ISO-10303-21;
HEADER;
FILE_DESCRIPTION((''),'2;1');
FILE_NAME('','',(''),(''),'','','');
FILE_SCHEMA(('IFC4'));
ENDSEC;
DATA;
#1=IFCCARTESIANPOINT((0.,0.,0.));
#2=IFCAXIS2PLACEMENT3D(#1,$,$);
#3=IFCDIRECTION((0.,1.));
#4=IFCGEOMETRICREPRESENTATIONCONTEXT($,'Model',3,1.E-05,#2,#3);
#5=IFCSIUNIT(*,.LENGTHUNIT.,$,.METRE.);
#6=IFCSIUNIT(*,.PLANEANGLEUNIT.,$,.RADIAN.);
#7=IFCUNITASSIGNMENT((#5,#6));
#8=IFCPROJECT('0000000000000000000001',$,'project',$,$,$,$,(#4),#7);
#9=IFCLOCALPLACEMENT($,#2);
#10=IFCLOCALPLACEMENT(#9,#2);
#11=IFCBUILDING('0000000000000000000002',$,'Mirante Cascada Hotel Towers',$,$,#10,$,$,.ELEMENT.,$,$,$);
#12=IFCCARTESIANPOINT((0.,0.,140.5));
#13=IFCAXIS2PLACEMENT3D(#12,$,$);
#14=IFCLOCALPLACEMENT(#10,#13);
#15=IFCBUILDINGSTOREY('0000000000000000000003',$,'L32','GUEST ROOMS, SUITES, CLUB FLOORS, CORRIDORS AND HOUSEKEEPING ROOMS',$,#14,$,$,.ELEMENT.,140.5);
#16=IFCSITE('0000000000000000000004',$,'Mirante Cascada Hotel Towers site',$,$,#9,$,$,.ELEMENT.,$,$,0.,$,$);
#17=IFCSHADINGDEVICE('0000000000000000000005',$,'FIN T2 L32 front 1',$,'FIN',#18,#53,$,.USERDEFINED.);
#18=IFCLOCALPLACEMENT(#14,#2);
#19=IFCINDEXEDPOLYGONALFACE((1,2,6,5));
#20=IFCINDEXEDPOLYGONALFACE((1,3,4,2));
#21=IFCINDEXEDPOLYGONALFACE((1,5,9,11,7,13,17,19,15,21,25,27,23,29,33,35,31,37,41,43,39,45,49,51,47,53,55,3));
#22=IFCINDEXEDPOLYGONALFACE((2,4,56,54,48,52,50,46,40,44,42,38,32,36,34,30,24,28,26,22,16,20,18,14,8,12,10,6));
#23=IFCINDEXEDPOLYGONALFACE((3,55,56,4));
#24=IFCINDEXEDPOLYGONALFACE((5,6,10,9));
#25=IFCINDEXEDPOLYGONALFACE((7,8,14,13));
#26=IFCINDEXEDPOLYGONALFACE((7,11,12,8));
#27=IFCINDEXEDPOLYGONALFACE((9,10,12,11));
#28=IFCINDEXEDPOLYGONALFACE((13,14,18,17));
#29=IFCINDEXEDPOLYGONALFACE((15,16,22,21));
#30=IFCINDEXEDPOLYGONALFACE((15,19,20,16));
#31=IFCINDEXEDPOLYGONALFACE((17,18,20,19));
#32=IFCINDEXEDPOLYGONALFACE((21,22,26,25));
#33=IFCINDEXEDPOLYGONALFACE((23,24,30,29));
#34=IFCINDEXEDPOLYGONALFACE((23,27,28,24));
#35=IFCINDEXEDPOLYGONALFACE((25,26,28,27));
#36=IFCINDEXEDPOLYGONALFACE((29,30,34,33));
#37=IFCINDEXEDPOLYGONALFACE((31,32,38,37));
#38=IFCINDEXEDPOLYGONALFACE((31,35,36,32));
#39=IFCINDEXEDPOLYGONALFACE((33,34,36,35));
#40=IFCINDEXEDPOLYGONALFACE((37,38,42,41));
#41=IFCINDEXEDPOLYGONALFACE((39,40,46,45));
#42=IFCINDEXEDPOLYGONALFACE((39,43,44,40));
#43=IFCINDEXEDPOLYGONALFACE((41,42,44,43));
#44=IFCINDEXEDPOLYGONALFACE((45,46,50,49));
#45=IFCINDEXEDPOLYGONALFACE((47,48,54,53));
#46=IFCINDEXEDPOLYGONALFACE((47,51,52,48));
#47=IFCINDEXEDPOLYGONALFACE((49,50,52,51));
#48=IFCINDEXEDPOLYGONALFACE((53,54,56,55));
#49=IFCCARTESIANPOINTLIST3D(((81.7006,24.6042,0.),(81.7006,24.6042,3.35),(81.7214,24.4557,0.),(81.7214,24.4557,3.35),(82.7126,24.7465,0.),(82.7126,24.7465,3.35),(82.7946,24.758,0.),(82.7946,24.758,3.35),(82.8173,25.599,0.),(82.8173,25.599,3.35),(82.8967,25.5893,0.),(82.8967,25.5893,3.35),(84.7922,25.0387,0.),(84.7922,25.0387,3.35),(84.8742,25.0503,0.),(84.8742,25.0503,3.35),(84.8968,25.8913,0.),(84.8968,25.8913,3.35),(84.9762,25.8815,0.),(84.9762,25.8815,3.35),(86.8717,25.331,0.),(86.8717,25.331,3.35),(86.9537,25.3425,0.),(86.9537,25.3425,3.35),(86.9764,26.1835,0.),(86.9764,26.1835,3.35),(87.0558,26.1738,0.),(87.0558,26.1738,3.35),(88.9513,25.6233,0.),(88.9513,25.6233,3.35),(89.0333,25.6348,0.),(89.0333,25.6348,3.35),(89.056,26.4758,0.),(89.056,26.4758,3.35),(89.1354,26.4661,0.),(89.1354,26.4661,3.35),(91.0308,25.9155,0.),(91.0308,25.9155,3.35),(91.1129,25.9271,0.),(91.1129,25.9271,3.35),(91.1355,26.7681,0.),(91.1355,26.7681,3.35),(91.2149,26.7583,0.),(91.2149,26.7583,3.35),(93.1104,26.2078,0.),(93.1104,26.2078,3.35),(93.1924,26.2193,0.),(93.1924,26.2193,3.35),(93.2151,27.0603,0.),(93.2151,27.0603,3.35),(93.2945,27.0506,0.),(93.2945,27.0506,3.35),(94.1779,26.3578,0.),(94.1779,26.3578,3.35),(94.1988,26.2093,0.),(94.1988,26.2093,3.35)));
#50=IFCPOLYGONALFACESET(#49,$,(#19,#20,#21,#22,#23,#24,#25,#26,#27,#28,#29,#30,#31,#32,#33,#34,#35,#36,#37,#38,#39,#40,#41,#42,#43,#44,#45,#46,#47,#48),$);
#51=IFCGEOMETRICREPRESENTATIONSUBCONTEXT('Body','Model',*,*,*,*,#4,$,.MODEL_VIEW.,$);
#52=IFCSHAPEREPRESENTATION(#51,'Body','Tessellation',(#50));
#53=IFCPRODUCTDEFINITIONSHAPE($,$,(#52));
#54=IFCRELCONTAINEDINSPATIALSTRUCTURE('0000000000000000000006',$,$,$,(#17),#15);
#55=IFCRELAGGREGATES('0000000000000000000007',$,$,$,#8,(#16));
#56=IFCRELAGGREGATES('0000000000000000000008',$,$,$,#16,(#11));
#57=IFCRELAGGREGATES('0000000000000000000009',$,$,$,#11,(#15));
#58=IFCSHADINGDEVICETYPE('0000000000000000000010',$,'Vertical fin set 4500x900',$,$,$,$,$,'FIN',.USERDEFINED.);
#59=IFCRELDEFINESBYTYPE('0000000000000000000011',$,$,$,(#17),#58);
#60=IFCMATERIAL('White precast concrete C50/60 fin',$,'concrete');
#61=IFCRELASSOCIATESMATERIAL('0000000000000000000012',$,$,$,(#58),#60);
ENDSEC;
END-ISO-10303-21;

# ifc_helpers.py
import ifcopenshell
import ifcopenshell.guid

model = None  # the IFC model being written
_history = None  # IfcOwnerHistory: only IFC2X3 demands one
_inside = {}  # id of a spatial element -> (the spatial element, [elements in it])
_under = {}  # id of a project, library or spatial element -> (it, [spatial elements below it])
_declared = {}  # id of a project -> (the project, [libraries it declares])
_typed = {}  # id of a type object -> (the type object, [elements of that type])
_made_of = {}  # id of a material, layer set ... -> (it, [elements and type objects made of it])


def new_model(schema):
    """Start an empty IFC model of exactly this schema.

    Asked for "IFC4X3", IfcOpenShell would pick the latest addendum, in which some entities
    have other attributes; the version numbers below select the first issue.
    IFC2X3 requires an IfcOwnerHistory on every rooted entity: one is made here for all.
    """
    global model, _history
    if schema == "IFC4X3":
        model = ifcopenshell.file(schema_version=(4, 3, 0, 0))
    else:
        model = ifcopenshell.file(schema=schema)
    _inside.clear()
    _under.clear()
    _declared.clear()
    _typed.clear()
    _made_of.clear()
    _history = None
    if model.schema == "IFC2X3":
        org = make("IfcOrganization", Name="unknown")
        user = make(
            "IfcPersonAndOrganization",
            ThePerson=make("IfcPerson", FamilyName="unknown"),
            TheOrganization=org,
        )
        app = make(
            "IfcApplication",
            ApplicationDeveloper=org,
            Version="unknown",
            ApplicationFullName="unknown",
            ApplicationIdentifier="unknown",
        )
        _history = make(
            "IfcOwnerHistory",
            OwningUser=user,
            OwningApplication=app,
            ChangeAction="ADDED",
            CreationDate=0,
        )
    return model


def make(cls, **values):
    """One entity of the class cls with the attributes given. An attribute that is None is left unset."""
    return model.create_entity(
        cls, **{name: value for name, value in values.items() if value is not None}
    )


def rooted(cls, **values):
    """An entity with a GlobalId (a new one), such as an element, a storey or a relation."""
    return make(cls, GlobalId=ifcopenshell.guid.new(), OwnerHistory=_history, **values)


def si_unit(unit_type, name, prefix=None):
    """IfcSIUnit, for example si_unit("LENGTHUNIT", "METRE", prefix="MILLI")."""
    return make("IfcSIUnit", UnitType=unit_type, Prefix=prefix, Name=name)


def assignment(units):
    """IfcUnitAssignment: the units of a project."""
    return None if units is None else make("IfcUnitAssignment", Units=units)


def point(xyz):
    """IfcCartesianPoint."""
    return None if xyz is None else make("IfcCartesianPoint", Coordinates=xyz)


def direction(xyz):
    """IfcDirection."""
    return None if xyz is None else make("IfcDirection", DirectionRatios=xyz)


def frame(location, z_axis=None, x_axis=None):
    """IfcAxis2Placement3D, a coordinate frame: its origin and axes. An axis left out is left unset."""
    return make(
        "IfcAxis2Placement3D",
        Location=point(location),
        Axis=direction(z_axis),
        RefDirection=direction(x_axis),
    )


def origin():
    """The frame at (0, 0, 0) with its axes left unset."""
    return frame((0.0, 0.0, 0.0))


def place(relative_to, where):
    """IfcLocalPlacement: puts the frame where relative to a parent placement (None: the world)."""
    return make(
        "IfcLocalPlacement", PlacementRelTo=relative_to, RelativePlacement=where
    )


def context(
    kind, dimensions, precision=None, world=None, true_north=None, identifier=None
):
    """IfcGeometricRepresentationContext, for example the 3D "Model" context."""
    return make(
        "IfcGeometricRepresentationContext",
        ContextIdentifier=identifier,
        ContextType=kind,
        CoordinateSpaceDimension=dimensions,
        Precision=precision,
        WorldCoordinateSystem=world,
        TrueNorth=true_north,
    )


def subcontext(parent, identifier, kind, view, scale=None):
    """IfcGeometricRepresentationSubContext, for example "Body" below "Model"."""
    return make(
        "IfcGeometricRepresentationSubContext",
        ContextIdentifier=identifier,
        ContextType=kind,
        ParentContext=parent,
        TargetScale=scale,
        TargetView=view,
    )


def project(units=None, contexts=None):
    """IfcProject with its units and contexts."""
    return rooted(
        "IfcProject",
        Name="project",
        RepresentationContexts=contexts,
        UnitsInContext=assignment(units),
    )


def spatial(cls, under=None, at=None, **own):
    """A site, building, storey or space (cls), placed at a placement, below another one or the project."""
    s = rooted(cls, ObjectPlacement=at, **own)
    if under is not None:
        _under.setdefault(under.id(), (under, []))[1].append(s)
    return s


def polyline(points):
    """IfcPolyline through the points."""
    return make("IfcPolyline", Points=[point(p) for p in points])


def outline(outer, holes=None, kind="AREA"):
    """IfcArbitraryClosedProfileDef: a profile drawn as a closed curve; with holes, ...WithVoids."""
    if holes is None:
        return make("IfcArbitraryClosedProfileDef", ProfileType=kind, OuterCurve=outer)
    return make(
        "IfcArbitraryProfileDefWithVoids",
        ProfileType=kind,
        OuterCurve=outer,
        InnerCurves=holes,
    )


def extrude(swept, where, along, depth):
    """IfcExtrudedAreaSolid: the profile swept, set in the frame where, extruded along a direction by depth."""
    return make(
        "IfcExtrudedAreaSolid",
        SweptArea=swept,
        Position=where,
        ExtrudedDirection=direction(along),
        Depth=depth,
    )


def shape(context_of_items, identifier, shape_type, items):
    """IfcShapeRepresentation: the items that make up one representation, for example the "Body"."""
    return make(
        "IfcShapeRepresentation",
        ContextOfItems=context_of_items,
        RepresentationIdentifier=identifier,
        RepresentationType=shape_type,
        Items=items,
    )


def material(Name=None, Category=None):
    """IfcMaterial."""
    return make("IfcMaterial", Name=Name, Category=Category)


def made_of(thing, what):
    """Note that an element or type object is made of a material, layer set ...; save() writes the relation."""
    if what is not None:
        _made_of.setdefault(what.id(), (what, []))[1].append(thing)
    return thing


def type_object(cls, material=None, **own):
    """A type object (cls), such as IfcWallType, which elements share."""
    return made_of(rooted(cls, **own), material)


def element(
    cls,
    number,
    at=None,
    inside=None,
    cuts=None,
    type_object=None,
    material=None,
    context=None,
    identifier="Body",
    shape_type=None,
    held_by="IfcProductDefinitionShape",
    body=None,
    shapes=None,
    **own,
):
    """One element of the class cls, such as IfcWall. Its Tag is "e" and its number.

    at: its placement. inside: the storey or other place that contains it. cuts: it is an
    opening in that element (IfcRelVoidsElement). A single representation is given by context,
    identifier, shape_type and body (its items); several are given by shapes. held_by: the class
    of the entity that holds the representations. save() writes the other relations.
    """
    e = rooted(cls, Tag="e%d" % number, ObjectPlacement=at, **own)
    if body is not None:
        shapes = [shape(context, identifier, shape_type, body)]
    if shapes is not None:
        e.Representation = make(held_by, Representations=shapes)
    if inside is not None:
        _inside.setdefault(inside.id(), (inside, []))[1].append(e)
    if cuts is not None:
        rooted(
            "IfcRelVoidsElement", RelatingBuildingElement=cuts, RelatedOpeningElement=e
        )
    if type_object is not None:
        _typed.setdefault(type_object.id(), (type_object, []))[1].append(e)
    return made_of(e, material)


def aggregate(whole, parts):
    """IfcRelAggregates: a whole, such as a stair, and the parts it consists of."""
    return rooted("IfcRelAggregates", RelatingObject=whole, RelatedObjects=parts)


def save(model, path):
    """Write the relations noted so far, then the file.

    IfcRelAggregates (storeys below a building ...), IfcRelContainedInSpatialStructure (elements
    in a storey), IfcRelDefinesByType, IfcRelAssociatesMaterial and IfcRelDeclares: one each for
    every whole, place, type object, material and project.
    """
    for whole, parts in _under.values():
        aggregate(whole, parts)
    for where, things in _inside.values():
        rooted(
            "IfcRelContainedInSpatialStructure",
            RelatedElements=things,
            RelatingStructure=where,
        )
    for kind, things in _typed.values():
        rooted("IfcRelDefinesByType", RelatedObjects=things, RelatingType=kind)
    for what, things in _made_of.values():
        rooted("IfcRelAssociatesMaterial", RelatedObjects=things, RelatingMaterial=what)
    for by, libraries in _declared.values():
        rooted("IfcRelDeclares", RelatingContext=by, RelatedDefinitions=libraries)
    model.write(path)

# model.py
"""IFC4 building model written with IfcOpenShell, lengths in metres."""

from ifc_helpers import new_model, si_unit, direction, frame, origin, place, context, subcontext, project, spatial, polyline, outline, extrude, material, type_object, element, save


model = new_model("IFC4")

# Units and contexts
model_context = context("Model", 3, precision=1e-05, world=origin(), true_north=direction((0.0, 1.0)))
body_context = subcontext(model_context, "Body", "Model", "MODEL_VIEW")
ifc_project = project(units=[si_unit("LENGTHUNIT", "METRE"), si_unit("PLANEANGLEUNIT", "RADIAN")], contexts=[model_context])

# Site, building, storey
site_placement = place(None, origin())
site = spatial("IfcSite", under=ifc_project, at=site_placement, Name="Mirante Cascada Hotel Towers site", CompositionType="ELEMENT", RefElevation=0.0)
building_placement = place(site_placement, origin())
building = spatial("IfcBuilding", under=site, at=building_placement, Name="Mirante Cascada Hotel Towers", CompositionType="ELEMENT")
storey_placement = place(building_placement, frame((0.0, 0.0, 140.5)))
storey = spatial("IfcBuildingStorey", under=building, at=storey_placement, Name="L32", Description="GUEST ROOMS, SUITES, CLUB FLOORS, CORRIDORS AND HOUSEKEEPING ROOMS", CompositionType="ELEMENT", Elevation=140.5)

# Shading device
ifc_material_1 = material(Name="White precast concrete C50/60 fin", Category="concrete")
shading_device_type = type_object("IfcShadingDeviceType", Name="Vertical fin set 4500x900", ElementType="FIN", PredefinedType="USERDEFINED", material=ifc_material_1)
shading_device_1_placement = place(storey_placement, origin())
element("IfcShadingDevice", 1, at=shading_device_1_placement, inside=storey, type_object=shading_device_type, Name="FIN T2 L32 front 1", ObjectType="FIN", PredefinedType="USERDEFINED", context=body_context, shape_type="SweptSolid", body=[
    extrude(outline(polyline([(82.8967, 25.5893), (82.7946, 24.758), (84.7922, 25.0387), (84.8968, 25.8913), (84.9762, 25.8815), (84.8742, 25.0503), (86.8717, 25.331), (86.9764, 26.1835), (87.0558, 26.1738), (86.9537, 25.3425), (88.9513, 25.6233), (89.056, 26.4758), (89.1354, 26.4661), (89.0333, 25.6348), (91.0308, 25.9155), (91.1355, 26.7681), (91.2149, 26.7583), (91.1129, 25.9271), (93.1104, 26.2078), (93.2151, 27.0603), (93.2945, 27.0506), (93.1924, 26.2193), (94.1779, 26.3578), (94.1988, 26.2093), (81.7214, 24.4557), (81.7006, 24.6042), (82.7126, 24.7465), (82.8173, 25.599), (82.8967, 25.5893)])), origin(), (0.0, 0.0, 1.0), 3.35),
])

save(model, "model.ifc")
